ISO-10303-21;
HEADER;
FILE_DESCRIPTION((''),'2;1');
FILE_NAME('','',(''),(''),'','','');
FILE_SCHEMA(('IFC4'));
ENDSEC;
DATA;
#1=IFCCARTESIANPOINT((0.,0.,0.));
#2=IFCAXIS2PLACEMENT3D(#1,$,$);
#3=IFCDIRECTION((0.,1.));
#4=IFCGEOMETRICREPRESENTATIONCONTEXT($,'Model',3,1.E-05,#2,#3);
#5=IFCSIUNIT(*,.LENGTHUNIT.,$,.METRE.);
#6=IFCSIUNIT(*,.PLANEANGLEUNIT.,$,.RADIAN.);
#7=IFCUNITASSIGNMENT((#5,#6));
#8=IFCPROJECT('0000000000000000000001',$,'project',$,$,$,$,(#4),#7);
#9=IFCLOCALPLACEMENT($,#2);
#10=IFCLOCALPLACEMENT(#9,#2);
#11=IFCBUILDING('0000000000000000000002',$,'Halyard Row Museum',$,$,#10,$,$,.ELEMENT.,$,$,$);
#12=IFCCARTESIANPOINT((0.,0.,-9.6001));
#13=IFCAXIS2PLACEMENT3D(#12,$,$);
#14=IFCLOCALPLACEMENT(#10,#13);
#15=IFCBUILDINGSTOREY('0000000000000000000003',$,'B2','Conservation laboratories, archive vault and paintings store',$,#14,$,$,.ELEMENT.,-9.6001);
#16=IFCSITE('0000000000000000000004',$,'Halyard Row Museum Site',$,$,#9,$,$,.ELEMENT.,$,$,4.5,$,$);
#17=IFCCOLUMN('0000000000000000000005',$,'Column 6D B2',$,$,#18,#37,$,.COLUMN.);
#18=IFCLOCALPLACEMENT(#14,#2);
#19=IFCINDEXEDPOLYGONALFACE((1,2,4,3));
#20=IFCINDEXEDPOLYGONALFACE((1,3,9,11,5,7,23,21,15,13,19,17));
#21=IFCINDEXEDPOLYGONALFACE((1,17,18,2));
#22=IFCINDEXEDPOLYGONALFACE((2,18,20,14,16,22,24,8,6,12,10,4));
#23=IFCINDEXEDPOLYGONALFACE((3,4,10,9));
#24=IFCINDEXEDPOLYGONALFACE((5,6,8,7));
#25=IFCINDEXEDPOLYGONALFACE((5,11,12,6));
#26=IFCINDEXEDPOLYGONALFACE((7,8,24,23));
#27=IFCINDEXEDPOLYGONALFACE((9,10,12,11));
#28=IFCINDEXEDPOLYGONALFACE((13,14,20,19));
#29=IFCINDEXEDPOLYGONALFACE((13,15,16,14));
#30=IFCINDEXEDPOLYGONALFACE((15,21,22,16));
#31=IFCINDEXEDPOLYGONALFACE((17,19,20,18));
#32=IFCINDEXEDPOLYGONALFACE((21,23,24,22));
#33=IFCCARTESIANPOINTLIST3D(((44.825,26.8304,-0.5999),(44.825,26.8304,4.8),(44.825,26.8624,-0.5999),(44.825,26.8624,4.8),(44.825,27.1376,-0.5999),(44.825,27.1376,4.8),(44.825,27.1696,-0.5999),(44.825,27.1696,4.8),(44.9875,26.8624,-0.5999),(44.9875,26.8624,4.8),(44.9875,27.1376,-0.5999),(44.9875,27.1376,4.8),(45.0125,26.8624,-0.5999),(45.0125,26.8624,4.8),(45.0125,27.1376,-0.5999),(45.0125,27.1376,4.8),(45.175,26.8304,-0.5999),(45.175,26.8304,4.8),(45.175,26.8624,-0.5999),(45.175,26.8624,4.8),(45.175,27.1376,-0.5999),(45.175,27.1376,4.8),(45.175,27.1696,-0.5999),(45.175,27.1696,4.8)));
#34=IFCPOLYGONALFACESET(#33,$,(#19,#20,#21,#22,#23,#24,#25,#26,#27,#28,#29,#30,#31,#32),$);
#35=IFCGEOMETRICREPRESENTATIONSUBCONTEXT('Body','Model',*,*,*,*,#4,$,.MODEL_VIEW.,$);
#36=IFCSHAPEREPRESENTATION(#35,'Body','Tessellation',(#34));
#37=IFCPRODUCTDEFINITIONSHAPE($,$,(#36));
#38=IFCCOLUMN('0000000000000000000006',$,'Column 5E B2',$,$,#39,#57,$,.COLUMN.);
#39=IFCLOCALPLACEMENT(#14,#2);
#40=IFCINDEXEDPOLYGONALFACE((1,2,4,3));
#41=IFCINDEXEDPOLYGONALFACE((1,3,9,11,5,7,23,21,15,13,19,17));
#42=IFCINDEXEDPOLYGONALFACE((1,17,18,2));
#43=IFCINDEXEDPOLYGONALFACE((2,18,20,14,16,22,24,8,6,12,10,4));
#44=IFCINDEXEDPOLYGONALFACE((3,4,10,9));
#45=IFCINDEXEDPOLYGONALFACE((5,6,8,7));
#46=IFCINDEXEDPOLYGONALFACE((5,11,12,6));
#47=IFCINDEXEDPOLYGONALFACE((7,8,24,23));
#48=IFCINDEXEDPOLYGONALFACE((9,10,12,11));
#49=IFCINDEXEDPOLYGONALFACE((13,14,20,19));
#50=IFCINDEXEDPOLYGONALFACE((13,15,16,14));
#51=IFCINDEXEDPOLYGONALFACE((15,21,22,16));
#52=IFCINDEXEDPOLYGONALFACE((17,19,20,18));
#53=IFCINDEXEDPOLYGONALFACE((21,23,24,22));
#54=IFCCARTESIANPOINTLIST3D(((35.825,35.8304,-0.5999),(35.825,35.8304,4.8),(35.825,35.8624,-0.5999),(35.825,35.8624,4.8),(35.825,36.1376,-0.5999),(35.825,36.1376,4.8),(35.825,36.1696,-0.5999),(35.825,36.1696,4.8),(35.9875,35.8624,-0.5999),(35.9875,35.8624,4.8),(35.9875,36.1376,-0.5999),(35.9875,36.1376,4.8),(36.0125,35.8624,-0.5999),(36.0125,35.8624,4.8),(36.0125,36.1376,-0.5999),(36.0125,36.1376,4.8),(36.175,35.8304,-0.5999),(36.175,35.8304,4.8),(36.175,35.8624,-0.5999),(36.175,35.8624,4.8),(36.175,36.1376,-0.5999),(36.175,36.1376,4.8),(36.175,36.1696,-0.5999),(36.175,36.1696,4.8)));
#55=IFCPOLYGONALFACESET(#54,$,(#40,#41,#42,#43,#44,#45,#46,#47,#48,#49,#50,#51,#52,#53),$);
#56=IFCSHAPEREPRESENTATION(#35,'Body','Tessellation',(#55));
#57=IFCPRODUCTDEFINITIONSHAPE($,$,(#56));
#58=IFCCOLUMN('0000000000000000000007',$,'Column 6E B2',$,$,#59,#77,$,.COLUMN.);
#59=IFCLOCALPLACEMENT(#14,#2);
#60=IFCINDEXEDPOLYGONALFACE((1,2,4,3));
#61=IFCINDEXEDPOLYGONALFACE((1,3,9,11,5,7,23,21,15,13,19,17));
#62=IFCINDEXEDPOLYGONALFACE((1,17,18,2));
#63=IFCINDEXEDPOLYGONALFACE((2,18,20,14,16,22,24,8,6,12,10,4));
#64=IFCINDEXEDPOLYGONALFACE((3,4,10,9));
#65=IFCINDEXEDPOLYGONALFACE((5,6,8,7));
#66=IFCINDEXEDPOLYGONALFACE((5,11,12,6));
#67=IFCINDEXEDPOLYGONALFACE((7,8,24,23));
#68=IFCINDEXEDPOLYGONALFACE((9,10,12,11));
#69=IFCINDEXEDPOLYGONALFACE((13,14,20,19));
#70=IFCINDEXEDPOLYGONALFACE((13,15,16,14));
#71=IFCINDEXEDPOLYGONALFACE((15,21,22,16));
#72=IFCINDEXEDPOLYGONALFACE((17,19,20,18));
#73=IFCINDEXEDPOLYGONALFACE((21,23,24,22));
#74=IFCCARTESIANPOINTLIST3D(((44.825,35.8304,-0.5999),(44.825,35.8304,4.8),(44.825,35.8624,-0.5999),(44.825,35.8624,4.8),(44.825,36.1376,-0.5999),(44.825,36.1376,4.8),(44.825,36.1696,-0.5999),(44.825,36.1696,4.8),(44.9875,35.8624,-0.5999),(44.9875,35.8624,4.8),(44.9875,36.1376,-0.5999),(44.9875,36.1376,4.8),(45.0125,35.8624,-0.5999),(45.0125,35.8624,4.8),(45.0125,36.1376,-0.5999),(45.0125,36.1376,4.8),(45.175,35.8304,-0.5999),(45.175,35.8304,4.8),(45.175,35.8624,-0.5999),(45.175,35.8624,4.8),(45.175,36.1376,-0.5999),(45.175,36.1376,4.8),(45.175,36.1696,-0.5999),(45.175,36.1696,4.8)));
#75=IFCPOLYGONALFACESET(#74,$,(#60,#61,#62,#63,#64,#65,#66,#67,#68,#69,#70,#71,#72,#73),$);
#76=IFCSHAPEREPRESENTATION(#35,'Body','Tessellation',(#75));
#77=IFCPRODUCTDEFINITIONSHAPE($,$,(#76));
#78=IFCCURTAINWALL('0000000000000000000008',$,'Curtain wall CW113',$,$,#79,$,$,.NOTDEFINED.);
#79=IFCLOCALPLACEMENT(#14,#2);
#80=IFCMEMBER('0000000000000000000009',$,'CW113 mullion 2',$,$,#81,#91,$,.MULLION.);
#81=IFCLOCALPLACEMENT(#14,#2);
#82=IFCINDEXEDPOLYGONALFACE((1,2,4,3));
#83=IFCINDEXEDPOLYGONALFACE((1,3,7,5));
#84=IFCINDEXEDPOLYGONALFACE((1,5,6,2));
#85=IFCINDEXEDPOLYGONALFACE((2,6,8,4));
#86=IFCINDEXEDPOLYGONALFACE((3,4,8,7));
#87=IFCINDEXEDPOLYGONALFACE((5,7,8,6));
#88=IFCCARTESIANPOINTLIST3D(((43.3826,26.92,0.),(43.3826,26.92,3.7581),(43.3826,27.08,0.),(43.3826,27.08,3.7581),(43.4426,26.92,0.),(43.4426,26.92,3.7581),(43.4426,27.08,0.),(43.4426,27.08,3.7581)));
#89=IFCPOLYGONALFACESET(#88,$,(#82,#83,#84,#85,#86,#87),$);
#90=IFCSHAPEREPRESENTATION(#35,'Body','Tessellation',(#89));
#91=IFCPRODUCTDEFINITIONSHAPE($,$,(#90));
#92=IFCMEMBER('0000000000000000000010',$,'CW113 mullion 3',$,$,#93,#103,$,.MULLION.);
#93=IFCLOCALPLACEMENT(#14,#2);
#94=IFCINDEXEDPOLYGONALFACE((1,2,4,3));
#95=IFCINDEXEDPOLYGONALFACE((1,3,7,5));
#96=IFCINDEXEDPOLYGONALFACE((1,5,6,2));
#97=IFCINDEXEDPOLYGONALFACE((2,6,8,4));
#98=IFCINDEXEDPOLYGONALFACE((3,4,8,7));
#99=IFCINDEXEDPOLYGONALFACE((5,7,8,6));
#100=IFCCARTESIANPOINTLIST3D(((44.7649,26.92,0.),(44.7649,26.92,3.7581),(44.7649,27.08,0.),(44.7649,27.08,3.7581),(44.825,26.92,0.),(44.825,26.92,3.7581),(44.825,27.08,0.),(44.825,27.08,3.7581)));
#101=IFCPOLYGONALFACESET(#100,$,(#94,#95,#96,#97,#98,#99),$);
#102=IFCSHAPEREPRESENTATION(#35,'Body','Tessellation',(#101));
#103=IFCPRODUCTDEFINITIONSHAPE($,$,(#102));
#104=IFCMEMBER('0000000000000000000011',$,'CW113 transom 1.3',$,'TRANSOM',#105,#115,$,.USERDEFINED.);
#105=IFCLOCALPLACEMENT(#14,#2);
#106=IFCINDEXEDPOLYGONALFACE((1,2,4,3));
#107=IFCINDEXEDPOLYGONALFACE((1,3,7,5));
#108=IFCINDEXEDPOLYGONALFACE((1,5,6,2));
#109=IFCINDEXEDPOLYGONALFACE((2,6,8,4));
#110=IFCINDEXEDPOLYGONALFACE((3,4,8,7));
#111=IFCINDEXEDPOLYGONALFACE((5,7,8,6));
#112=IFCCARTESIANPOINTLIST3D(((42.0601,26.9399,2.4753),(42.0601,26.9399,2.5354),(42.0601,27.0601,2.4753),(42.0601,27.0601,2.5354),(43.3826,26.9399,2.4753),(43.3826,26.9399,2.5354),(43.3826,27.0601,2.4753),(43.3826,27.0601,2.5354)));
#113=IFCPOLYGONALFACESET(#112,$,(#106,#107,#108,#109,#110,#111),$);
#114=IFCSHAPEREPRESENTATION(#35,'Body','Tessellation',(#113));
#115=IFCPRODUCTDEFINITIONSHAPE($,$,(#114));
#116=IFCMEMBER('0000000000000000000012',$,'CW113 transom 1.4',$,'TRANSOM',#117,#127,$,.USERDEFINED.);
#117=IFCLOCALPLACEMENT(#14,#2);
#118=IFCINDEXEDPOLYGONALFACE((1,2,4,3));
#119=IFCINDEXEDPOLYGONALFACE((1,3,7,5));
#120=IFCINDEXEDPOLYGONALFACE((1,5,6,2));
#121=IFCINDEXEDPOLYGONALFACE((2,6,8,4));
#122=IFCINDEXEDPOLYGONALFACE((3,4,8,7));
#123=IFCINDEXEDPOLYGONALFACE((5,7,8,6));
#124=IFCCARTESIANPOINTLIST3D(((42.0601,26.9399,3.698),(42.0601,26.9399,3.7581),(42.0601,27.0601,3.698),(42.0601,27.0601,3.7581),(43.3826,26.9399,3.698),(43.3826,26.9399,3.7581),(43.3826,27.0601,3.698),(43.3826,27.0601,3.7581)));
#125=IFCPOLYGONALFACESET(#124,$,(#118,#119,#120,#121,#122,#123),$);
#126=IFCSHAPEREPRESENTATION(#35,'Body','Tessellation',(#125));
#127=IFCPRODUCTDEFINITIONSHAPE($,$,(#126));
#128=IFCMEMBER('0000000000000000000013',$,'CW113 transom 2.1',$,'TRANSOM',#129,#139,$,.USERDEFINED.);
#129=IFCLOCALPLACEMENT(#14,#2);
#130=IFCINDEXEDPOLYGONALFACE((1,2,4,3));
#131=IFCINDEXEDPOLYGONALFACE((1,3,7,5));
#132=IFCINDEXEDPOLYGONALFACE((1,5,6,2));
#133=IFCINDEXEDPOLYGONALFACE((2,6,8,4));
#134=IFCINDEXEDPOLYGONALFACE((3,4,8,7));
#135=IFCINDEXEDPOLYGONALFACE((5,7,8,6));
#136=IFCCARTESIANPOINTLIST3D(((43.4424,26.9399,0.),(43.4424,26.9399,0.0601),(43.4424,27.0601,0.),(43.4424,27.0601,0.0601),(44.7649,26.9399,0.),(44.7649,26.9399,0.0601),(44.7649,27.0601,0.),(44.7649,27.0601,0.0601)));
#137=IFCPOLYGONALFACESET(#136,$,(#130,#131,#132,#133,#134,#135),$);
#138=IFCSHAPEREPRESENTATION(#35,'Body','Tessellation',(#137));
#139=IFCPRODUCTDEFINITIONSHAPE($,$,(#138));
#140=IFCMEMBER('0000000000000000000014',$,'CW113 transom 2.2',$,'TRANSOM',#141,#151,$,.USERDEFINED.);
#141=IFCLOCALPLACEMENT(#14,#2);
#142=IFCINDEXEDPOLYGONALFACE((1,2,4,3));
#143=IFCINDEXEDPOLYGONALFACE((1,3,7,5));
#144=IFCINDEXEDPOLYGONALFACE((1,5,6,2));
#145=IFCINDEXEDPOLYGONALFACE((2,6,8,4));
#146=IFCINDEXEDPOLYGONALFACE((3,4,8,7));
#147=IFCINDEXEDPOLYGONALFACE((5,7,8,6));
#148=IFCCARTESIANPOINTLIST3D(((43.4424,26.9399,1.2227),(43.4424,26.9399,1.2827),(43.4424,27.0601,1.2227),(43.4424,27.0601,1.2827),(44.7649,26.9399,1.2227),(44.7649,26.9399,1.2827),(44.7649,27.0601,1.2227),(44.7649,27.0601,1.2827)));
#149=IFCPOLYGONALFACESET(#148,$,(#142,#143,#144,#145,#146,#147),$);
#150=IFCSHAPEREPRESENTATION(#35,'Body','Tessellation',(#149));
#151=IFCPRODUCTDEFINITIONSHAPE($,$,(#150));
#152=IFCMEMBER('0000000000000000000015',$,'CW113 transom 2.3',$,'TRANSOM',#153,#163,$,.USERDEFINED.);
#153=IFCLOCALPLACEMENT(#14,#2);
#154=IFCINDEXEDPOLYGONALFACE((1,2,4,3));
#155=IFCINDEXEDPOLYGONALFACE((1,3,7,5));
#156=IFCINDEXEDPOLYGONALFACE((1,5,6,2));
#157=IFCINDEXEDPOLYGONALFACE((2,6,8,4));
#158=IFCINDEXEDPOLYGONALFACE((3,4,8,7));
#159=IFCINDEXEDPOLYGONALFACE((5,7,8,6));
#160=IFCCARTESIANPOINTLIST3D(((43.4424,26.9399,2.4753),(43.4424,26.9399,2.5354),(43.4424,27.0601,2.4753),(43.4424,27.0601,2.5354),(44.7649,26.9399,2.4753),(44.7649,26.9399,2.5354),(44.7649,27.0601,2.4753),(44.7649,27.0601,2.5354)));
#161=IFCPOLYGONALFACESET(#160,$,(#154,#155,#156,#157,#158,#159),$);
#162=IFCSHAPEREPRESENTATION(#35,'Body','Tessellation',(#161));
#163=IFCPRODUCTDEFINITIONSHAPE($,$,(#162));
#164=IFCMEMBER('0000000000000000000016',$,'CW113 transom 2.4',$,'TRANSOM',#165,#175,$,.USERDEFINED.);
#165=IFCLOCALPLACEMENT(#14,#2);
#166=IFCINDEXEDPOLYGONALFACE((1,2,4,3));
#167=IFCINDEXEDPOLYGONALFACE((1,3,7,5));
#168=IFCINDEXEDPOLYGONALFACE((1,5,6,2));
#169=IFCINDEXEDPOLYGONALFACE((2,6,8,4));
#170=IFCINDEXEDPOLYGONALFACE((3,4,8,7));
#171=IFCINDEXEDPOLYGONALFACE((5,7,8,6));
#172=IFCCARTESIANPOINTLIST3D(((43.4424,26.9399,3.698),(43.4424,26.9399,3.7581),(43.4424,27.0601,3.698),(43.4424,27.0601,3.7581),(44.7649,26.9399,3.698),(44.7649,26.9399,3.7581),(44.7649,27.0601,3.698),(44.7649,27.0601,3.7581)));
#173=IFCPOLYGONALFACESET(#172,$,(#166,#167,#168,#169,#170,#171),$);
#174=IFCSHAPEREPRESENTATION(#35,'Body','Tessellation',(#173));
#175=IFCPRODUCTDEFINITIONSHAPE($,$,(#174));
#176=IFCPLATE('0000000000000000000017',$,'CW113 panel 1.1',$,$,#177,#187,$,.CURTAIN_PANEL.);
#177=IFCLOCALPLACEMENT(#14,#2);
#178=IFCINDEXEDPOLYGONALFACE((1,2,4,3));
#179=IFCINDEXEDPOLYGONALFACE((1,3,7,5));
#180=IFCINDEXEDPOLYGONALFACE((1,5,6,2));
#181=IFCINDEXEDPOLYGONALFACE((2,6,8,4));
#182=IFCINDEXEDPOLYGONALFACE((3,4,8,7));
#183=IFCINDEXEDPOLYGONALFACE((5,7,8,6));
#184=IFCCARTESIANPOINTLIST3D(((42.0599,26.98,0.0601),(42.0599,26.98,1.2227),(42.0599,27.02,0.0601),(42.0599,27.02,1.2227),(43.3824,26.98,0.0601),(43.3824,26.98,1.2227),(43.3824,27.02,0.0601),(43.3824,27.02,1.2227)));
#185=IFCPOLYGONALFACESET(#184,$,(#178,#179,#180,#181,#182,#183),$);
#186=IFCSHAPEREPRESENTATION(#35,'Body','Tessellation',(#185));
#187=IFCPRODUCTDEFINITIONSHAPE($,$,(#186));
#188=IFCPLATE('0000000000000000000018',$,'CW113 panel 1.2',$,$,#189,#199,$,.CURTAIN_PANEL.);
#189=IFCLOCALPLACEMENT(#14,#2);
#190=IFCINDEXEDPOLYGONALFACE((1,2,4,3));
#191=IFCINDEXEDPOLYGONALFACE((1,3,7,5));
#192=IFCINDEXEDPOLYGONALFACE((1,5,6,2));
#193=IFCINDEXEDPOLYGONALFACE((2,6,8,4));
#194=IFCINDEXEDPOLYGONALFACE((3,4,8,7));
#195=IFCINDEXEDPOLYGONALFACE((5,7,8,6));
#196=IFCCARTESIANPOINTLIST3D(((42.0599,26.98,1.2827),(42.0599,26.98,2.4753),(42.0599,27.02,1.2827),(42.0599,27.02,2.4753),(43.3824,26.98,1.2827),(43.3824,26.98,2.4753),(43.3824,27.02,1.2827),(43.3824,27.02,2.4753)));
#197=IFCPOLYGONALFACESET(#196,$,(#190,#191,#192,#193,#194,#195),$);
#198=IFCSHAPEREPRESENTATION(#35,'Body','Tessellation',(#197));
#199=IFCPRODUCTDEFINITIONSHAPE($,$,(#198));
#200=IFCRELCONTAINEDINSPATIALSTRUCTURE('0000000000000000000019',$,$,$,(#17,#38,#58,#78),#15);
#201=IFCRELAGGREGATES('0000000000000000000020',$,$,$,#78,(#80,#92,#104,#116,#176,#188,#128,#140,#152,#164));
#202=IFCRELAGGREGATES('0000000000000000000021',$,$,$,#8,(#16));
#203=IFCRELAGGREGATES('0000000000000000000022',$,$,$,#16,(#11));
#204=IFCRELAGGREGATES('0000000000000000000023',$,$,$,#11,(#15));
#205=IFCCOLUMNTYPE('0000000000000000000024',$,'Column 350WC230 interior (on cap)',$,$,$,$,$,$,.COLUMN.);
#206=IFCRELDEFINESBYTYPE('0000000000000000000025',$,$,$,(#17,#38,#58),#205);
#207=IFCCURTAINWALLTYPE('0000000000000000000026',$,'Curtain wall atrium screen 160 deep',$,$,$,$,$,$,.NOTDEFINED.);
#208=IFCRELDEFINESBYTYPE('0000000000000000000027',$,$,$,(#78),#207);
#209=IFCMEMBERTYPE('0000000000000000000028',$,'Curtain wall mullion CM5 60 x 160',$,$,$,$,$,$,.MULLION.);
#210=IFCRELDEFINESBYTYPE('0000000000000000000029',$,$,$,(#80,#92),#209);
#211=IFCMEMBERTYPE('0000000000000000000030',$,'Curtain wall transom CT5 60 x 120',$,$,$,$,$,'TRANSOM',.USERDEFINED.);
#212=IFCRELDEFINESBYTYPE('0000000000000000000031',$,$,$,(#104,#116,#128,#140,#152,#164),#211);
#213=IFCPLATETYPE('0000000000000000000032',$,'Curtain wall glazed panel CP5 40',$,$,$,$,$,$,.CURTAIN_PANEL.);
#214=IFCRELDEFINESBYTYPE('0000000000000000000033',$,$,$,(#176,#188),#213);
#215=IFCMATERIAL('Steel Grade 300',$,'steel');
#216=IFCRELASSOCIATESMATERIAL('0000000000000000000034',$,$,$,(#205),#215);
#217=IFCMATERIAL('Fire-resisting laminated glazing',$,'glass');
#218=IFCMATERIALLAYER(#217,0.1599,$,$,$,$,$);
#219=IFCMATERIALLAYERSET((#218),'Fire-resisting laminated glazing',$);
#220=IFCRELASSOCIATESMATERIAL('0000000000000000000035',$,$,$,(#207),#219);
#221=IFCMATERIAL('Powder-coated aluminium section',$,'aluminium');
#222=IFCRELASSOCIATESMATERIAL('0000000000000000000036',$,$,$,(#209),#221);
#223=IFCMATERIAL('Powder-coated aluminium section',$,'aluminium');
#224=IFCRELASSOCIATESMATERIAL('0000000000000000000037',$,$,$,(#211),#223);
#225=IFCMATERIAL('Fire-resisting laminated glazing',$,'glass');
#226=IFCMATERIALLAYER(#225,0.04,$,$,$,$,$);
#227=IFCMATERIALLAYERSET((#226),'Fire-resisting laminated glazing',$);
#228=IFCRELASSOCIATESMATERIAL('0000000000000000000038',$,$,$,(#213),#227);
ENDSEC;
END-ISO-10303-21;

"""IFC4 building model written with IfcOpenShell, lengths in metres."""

from ifc_helpers import new_model, si_unit, direction, frame, origin, origin_2d, place, context, subcontext, project, spatial, rectangle, i_section, extrude, material, layer, layer_set, material_profile, profile_set, type_object, element, aggregate, save


model = new_model("IFC4")

# Units and contexts
model_context = context("Model", 3, precision=1e-05, world=origin(), true_north=direction((0.0, 1.0)))
body_context = subcontext(model_context, "Body", "Model", "MODEL_VIEW")
ifc_project = project(units=[si_unit("LENGTHUNIT", "METRE"), si_unit("PLANEANGLEUNIT", "RADIAN")], contexts=[model_context])

# Site, building, storey
site_placement = place(None, origin())
site = spatial("IfcSite", under=ifc_project, at=site_placement, Name="Halyard Row Museum Site", CompositionType="ELEMENT", RefElevation=4.5)
building_placement = place(site_placement, origin())
building = spatial("IfcBuilding", under=site, at=building_placement, Name="Halyard Row Museum", CompositionType="ELEMENT")
storey_placement = place(building_placement, frame((0.0, 0.0, -9.6001)))
storey = spatial("IfcBuildingStorey", under=building, at=storey_placement, Name="B2", Description="Conservation laboratories, archive vault and paintings store", CompositionType="ELEMENT", Elevation=-9.6001)

# Columns
ifc_material_1 = material(Name="Steel Grade 300", Category="steel")
ifc_material_profile_1 = material_profile(ifc_material_1, i_section(OverallWidth=0.3501, OverallDepth=0.3391, WebThickness=0.0249, FlangeThickness=0.032, at=origin_2d()), Name="350WC230")
ifc_profile_set_1 = profile_set([ifc_material_profile_1], Name="Steel Grade 300")
column_type = type_object("IfcColumnType", Name="Column 350WC230 interior (on cap)", PredefinedType="COLUMN", material=ifc_profile_set_1)
for number, where, z_axis, x_axis, name in (
    (1, (45.0, 27.0, -0.5999), (0.0, 0.0, 1.0), (1.0, 0.0, 0.0), "Column 6D B2"),
    (2, (36.0, 36.0, -0.5999), (0.0, 0.0, 1.0), (1.0, 0.0, 0.0), "Column 5E B2"),
    (3, (45.0, 36.0, -0.5999), (0.0, 0.0, 1.0), (1.0, 0.0, 0.0), "Column 6E B2"),
):
    element("IfcColumn", number, at=place(storey_placement, frame(where, z_axis=z_axis, x_axis=x_axis)), inside=storey, type_object=column_type, Name=name, PredefinedType="COLUMN", context=body_context, shape_type="SweptSolid", body=[
        extrude(i_section(OverallWidth=0.3501, OverallDepth=0.3391, WebThickness=0.0249, FlangeThickness=0.032, at=origin_2d()), origin(), (0.0, 0.0, 1.0), 5.3999),
    ])

# Curtain wall, members, plates
ifc_material_2 = material(Name="Fire-resisting laminated glazing", Category="glass")
ifc_layer_1 = layer(ifc_material_2, 0.1599)
ifc_layer_set_1 = layer_set([ifc_layer_1], Name="Fire-resisting laminated glazing")
curtain_wall_type = type_object("IfcCurtainWallType", Name="Curtain wall atrium screen 160 deep", PredefinedType="NOTDEFINED", material=ifc_layer_set_1)
curtain_wall_placement = place(storey_placement, origin())
curtain_wall = element("IfcCurtainWall", 4, at=curtain_wall_placement, inside=storey, type_object=curtain_wall_type, Name="Curtain wall CW113", PredefinedType="NOTDEFINED")
ifc_material_3 = material(Name="Powder-coated aluminium section", Category="aluminium")
ifc_material_profile_2 = material_profile(ifc_material_3, rectangle(XDim=0.1599, YDim=0.0601, at=origin_2d()), Name="160x60 mullion")
ifc_profile_set_2 = profile_set([ifc_material_profile_2], Name="Powder-coated aluminium section")
member_type_1 = type_object("IfcMemberType", Name="Curtain wall mullion CM5 60 x 160", PredefinedType="MULLION", material=ifc_profile_set_2)
member_1_placement = place(storey_placement, frame((43.4126, 27.0, 0.0), z_axis=(0.0, 0.0, 1.0), x_axis=(0.0, 1.0, 0.0)))
member_1 = element("IfcMember", 5, at=member_1_placement, type_object=member_type_1, Name="CW113 mullion 2", PredefinedType="MULLION", context=body_context, shape_type="SweptSolid", body=[
    extrude(rectangle(XDim=0.1599, YDim=0.0601, at=origin_2d()), origin(), (0.0, 0.0, 1.0), 3.7581),
])
member_2_placement = place(storey_placement, frame((44.7949, 27.0, 0.0), z_axis=(0.0, 0.0, 1.0), x_axis=(0.0, 1.0, 0.0)))
member_2 = element("IfcMember", 6, at=member_2_placement, type_object=member_type_1, Name="CW113 mullion 3", PredefinedType="MULLION", context=body_context, shape_type="SweptSolid", body=[
    extrude(rectangle(XDim=0.1599, YDim=0.0601, at=origin_2d()), origin(), (0.0, 0.0, 1.0), 3.7581),
])
ifc_material_4 = material(Name="Powder-coated aluminium section", Category="aluminium")
ifc_material_profile_3 = material_profile(ifc_material_4, rectangle(XDim=0.1201, YDim=0.0601, at=origin_2d()), Name="120x60 transom")
ifc_profile_set_3 = profile_set([ifc_material_profile_3], Name="Powder-coated aluminium section")
member_type_2 = type_object("IfcMemberType", Name="Curtain wall transom CT5 60 x 120", ElementType="TRANSOM", PredefinedType="USERDEFINED", material=ifc_profile_set_3)
member_3_placement = place(storey_placement, frame((42.0601, 27.0, 2.5054), z_axis=(1.0, 0.0, 0.0), x_axis=(0.0, 1.0, 0.0)))
member_3 = element("IfcMember", 7, at=member_3_placement, type_object=member_type_2, Name="CW113 transom 1.3", ObjectType="TRANSOM", PredefinedType="USERDEFINED", context=body_context, shape_type="SweptSolid", body=[
    extrude(rectangle(XDim=0.1201, YDim=0.0601, at=origin_2d()), origin(), (0.0, 0.0, 1.0), 1.3225),
])
member_4_placement = place(storey_placement, frame((42.0601, 27.0, 3.728), z_axis=(1.0, 0.0, 0.0), x_axis=(0.0, 1.0, 0.0)))
member_4 = element("IfcMember", 8, at=member_4_placement, type_object=member_type_2, Name="CW113 transom 1.4", ObjectType="TRANSOM", PredefinedType="USERDEFINED", context=body_context, shape_type="SweptSolid", body=[
    extrude(rectangle(XDim=0.1201, YDim=0.0601, at=origin_2d()), origin(), (0.0, 0.0, 1.0), 1.3225),
])
member_5_placement = place(storey_placement, frame((43.4424, 27.0, 0.03), z_axis=(1.0, 0.0, 0.0), x_axis=(0.0, 1.0, 0.0)))
member_5 = element("IfcMember", 9, at=member_5_placement, type_object=member_type_2, Name="CW113 transom 2.1", ObjectType="TRANSOM", PredefinedType="USERDEFINED", context=body_context, shape_type="SweptSolid", body=[
    extrude(rectangle(XDim=0.1201, YDim=0.0601, at=origin_2d()), origin(), (0.0, 0.0, 1.0), 1.3225),
])
member_6_placement = place(storey_placement, frame((43.4424, 27.0, 1.2527), z_axis=(1.0, 0.0, 0.0), x_axis=(0.0, 1.0, 0.0)))
member_6 = element("IfcMember", 10, at=member_6_placement, type_object=member_type_2, Name="CW113 transom 2.2", ObjectType="TRANSOM", PredefinedType="USERDEFINED", context=body_context, shape_type="SweptSolid", body=[
    extrude(rectangle(XDim=0.1201, YDim=0.0601, at=origin_2d()), origin(), (0.0, 0.0, 1.0), 1.3225),
])
member_7_placement = place(storey_placement, frame((43.4424, 27.0, 2.5054), z_axis=(1.0, 0.0, 0.0), x_axis=(0.0, 1.0, 0.0)))
member_7 = element("IfcMember", 11, at=member_7_placement, type_object=member_type_2, Name="CW113 transom 2.3", ObjectType="TRANSOM", PredefinedType="USERDEFINED", context=body_context, shape_type="SweptSolid", body=[
    extrude(rectangle(XDim=0.1201, YDim=0.0601, at=origin_2d()), origin(), (0.0, 0.0, 1.0), 1.3225),
])
member_8_placement = place(storey_placement, frame((43.4424, 27.0, 3.728), z_axis=(1.0, 0.0, 0.0), x_axis=(0.0, 1.0, 0.0)))
member_8 = element("IfcMember", 12, at=member_8_placement, type_object=member_type_2, Name="CW113 transom 2.4", ObjectType="TRANSOM", PredefinedType="USERDEFINED", context=body_context, shape_type="SweptSolid", body=[
    extrude(rectangle(XDim=0.1201, YDim=0.0601, at=origin_2d()), origin(), (0.0, 0.0, 1.0), 1.3225),
])
ifc_material_5 = material(Name="Fire-resisting laminated glazing", Category="glass")
ifc_layer_2 = layer(ifc_material_5, 0.04)
ifc_layer_set_2 = layer_set([ifc_layer_2], Name="Fire-resisting laminated glazing")
plate_type = type_object("IfcPlateType", Name="Curtain wall glazed panel CP5 40", PredefinedType="CURTAIN_PANEL", material=ifc_layer_set_2)
plate_1_placement = place(storey_placement, frame((42.7212, 27.0, 0.0601), z_axis=(0.0, 0.0, 1.0), x_axis=(1.0, 0.0, 0.0)))
plate_1 = element("IfcPlate", 13, at=plate_1_placement, type_object=plate_type, Name="CW113 panel 1.1", PredefinedType="CURTAIN_PANEL", context=body_context, shape_type="SweptSolid", body=[
    extrude(rectangle(XDim=1.3225, YDim=0.04, at=origin_2d()), origin(), (0.0, 0.0, 1.0), 1.1626),
])
plate_2_placement = place(storey_placement, frame((42.7212, 27.0, 1.2827), z_axis=(0.0, 0.0, 1.0), x_axis=(1.0, 0.0, 0.0)))
plate_2 = element("IfcPlate", 14, at=plate_2_placement, type_object=plate_type, Name="CW113 panel 1.2", PredefinedType="CURTAIN_PANEL", context=body_context, shape_type="SweptSolid", body=[
    extrude(rectangle(XDim=1.3225, YDim=0.04, at=origin_2d()), origin(), (0.0, 0.0, 1.0), 1.1926),
])
aggregate(curtain_wall, [member_1, member_2, member_3, member_4, plate_1, plate_2, member_5, member_6, member_7, member_8])

save(model, "model.ifc")
